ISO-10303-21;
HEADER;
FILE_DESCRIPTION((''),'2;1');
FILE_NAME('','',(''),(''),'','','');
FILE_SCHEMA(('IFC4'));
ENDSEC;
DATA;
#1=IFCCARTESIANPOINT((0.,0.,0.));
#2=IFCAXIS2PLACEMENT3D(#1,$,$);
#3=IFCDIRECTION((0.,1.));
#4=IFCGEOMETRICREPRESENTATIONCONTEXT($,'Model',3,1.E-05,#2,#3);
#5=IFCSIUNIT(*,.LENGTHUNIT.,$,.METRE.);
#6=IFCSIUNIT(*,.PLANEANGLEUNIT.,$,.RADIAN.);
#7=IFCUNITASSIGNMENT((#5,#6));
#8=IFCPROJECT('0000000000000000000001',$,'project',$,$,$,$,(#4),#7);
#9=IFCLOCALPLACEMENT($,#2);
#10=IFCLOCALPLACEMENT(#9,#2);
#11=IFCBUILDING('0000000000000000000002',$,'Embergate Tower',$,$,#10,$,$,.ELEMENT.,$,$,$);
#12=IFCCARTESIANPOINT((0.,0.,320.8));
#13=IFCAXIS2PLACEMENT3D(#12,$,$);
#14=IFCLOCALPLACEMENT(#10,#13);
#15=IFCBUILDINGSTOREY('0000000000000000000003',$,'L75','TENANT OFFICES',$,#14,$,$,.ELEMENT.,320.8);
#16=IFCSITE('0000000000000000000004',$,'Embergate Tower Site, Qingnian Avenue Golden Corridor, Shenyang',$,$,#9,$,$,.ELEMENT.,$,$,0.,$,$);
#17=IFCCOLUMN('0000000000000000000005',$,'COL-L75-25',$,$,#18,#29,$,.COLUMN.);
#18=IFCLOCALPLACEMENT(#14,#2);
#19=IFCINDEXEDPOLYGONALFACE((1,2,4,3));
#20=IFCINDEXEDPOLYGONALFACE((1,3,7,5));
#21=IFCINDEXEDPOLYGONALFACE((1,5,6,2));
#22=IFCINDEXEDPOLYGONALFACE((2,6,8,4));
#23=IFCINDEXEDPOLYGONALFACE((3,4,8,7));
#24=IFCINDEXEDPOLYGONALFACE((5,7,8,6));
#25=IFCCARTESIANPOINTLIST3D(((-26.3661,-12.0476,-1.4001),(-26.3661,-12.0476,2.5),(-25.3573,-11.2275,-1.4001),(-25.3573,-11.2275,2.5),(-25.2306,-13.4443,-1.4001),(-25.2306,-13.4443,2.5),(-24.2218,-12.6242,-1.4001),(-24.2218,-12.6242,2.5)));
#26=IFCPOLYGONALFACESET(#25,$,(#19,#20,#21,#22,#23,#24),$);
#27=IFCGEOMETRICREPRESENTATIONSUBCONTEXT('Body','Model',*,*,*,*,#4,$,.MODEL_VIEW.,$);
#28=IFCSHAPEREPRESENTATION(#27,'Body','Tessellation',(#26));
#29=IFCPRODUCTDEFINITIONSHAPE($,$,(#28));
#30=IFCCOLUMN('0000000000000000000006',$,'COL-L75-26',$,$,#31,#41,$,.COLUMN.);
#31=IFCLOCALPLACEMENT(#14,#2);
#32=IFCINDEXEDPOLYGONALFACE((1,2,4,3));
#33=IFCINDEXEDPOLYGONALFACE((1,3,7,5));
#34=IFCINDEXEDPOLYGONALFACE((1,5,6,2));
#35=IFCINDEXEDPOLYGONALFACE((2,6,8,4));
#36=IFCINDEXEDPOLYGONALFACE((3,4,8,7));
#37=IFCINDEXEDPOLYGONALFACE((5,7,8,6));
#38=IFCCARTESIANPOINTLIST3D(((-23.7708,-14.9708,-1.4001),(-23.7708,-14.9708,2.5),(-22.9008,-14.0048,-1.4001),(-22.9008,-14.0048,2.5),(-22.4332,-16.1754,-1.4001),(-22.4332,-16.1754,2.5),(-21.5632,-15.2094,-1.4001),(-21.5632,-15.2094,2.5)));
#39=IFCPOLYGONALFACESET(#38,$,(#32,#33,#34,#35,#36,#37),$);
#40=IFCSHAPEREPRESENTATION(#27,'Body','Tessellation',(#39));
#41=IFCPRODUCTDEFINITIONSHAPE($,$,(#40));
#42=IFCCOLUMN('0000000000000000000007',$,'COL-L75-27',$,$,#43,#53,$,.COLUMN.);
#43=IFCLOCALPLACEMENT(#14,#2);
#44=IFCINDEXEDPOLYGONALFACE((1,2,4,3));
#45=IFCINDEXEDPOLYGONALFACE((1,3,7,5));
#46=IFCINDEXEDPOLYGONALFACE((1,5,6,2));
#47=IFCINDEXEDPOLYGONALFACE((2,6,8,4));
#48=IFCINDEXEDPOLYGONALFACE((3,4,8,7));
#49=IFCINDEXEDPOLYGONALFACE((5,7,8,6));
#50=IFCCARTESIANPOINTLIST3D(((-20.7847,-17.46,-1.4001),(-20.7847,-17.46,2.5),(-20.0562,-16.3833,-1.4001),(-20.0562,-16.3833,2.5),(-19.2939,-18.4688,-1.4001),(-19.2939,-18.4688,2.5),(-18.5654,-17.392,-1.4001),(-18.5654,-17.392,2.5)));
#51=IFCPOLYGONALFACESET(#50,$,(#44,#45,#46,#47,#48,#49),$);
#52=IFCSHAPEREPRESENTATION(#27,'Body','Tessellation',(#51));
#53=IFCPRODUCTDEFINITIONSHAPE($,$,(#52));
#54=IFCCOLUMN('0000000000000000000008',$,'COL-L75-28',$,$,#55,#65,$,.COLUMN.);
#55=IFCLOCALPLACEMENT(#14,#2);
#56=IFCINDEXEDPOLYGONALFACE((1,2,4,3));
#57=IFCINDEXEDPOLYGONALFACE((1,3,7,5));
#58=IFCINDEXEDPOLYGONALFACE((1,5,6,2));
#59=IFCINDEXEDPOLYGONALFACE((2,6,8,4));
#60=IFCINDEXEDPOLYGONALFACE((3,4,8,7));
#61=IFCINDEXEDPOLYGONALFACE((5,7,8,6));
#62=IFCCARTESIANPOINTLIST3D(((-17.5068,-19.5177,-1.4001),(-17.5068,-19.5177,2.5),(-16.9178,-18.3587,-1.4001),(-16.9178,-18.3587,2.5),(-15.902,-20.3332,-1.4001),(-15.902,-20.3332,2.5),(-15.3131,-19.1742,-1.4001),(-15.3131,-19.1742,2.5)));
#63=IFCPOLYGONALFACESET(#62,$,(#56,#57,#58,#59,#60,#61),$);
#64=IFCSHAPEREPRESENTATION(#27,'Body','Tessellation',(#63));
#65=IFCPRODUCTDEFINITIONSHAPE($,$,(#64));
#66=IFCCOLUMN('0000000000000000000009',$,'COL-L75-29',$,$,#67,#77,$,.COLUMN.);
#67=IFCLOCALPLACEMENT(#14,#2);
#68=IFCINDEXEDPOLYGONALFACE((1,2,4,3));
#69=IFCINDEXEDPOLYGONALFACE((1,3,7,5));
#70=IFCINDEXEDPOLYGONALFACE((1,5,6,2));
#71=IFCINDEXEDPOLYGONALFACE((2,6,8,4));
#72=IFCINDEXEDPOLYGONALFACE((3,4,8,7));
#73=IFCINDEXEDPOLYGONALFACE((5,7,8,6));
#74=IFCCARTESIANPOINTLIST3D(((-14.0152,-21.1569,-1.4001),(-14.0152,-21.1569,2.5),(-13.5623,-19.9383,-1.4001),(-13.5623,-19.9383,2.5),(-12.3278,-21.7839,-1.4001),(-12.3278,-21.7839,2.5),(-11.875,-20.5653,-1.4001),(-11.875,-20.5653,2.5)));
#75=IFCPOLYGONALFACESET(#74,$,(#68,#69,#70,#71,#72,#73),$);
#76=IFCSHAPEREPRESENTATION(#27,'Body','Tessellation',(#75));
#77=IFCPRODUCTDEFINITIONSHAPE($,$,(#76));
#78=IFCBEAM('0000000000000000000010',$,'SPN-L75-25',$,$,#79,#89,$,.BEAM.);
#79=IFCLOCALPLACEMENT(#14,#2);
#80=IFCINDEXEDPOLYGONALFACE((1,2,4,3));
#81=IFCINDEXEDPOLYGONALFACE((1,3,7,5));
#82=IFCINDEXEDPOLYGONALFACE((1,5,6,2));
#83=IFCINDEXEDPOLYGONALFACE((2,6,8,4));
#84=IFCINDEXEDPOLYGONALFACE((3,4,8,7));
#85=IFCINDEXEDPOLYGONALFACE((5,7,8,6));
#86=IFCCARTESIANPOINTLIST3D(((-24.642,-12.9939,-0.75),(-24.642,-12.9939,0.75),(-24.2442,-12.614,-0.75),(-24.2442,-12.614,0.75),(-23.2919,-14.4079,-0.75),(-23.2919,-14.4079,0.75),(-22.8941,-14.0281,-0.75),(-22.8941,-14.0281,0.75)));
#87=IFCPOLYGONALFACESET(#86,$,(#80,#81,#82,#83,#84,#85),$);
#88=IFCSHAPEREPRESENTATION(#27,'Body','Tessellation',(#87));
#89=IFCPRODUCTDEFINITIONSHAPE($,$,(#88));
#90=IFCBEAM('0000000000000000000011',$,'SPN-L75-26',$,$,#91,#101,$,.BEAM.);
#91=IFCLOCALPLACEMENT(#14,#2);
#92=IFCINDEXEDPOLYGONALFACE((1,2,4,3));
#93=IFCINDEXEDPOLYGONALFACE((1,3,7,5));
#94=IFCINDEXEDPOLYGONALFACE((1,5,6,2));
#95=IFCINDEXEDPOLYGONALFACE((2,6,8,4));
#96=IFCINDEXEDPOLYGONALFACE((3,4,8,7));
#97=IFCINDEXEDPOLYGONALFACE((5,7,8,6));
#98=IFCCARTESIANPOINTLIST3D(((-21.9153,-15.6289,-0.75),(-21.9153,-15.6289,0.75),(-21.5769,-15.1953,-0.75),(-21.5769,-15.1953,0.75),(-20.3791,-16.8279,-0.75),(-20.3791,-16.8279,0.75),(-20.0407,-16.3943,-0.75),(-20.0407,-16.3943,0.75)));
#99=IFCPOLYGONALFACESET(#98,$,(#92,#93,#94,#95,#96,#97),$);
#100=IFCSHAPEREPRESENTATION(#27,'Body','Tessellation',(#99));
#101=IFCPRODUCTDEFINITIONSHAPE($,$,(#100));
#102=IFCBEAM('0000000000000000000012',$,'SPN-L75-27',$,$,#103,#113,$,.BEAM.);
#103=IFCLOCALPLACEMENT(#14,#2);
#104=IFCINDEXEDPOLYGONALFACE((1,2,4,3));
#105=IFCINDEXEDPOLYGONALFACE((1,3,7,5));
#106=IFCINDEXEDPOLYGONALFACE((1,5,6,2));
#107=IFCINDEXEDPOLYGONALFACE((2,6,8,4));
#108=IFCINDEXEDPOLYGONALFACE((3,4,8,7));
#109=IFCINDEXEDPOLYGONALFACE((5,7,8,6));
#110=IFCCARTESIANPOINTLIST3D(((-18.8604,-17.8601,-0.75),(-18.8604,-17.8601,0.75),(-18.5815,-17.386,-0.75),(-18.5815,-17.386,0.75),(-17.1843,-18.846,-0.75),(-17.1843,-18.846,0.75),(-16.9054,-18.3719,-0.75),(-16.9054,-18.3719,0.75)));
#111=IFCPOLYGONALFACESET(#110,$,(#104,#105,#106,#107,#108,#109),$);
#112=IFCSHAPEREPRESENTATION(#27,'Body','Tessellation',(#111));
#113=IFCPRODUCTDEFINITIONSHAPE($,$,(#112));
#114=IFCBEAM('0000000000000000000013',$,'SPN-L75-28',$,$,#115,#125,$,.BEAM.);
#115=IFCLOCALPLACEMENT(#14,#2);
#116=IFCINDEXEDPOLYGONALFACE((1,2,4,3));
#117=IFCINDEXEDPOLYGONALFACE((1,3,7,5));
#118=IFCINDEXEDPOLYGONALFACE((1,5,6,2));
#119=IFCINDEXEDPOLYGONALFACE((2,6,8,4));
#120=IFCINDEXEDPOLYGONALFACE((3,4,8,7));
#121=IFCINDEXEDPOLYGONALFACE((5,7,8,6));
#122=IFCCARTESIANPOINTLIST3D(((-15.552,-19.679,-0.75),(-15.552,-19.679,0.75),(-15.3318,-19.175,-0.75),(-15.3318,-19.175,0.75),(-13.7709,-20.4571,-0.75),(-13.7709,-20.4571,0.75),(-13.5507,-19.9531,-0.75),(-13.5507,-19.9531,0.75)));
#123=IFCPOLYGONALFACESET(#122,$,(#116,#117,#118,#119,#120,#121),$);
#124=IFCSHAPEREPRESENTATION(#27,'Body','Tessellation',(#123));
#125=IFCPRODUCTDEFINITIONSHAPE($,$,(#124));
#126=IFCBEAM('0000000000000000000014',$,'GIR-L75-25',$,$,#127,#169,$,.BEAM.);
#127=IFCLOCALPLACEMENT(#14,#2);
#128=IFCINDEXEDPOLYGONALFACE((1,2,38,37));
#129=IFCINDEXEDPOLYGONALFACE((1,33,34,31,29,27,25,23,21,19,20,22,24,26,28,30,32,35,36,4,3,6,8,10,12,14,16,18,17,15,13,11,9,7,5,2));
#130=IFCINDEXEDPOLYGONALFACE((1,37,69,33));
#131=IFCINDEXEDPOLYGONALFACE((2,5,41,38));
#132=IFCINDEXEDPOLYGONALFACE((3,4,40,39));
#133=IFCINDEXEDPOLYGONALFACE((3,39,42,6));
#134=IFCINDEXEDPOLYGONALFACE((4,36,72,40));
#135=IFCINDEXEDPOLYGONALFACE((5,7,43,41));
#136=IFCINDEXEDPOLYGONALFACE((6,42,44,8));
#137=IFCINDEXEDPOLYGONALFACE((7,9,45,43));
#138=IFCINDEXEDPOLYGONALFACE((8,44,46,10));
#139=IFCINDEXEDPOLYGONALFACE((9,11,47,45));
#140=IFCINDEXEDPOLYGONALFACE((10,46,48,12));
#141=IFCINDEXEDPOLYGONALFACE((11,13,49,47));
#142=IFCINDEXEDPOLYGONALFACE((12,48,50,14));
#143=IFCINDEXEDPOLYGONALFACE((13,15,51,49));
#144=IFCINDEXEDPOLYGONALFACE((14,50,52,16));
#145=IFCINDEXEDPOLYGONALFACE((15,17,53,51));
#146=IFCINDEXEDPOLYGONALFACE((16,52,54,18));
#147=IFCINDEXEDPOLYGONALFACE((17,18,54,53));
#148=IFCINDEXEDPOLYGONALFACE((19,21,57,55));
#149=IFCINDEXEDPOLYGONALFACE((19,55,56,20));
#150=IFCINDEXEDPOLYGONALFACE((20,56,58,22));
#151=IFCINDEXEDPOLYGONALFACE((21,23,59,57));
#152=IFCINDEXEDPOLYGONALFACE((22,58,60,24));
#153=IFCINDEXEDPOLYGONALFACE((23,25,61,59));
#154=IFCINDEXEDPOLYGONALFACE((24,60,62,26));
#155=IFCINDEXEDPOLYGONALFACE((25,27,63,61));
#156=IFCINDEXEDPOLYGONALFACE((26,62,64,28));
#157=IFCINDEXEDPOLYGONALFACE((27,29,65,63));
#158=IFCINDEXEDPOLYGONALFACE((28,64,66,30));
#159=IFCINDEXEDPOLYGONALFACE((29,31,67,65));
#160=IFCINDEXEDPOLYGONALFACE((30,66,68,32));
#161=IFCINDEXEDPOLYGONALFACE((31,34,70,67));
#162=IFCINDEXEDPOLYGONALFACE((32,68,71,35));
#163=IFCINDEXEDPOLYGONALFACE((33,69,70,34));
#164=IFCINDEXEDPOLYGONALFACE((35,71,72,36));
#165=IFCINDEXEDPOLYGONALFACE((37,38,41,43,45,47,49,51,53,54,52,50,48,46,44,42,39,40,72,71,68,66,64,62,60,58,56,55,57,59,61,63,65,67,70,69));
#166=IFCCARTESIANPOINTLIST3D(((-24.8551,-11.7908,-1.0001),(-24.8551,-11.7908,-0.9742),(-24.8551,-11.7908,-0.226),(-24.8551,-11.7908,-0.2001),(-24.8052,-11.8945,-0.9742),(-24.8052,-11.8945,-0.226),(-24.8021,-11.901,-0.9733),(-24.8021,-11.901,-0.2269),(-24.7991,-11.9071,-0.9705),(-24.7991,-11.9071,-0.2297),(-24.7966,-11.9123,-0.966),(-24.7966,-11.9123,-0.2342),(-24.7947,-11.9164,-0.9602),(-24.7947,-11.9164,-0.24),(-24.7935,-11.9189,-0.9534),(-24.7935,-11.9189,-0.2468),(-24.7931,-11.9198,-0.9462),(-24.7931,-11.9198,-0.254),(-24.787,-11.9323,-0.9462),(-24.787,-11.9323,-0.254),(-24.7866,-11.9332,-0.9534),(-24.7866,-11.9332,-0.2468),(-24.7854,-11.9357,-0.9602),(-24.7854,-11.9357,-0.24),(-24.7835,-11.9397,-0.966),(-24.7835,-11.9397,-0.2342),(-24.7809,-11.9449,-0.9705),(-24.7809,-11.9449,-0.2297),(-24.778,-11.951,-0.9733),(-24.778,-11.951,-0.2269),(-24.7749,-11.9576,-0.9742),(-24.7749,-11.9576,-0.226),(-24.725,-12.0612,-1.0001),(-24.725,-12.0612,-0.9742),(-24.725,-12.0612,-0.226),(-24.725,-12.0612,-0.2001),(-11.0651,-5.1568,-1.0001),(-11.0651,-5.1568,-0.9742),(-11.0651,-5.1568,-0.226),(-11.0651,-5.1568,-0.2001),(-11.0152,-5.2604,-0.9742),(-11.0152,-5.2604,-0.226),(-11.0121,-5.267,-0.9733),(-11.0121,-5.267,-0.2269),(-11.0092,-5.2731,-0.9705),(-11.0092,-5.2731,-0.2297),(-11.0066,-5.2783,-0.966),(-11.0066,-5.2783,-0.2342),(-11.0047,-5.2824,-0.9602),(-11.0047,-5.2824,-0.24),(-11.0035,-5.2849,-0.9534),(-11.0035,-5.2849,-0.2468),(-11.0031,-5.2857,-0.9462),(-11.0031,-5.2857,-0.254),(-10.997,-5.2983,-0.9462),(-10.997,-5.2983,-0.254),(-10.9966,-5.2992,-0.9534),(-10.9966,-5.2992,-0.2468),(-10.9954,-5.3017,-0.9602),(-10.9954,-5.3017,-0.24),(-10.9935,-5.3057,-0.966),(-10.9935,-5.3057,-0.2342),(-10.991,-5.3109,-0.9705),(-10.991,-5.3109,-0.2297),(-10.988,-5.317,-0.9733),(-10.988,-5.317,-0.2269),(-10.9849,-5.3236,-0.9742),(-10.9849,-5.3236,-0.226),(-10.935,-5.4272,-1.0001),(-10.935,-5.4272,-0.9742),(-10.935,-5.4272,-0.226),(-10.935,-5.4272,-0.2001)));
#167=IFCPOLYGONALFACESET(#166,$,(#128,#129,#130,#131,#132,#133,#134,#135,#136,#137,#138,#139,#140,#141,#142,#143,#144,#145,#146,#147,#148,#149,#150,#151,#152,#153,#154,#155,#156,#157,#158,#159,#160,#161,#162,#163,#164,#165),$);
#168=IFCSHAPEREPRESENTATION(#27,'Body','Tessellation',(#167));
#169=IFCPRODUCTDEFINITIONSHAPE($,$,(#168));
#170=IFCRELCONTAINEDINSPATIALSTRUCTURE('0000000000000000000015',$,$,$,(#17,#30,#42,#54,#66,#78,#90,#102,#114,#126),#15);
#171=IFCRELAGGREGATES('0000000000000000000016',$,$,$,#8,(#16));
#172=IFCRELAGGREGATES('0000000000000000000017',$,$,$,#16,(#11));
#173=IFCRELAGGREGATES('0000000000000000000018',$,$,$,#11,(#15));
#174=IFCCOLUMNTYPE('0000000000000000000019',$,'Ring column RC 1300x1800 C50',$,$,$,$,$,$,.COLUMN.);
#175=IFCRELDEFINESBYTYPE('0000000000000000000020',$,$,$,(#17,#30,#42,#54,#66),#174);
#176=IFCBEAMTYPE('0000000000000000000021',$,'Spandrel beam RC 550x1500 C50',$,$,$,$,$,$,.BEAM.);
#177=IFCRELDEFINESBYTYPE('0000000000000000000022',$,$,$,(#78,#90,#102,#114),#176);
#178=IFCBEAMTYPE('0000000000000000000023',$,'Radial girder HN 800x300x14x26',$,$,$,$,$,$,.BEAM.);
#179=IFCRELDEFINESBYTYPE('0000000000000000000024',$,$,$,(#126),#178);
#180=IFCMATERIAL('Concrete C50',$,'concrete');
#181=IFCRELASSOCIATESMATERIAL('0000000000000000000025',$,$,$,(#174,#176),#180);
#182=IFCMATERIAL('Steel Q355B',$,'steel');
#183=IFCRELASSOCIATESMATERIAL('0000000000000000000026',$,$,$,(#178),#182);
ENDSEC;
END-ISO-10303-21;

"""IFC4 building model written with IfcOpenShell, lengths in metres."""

from ifc_helpers import new_model, si_unit, direction, frame, origin, origin_2d, place, context, subcontext, project, spatial, rectangle, i_section, extrude, source, transform, mapped, material, material_profile, profile_set, type_object, element, save


model = new_model("IFC4")

# Units and contexts
model_context = context("Model", 3, precision=1e-05, world=origin(), true_north=direction((0.0, 1.0)))
body_context = subcontext(model_context, "Body", "Model", "MODEL_VIEW")
ifc_project = project(units=[si_unit("LENGTHUNIT", "METRE"), si_unit("PLANEANGLEUNIT", "RADIAN")], contexts=[model_context])

# Site, building, storey
site_placement = place(None, origin())
site = spatial("IfcSite", under=ifc_project, at=site_placement, Name="Embergate Tower Site, Qingnian Avenue Golden Corridor, Shenyang", CompositionType="ELEMENT", RefElevation=0.0)
building_placement = place(site_placement, origin())
building = spatial("IfcBuilding", under=site, at=building_placement, Name="Embergate Tower", CompositionType="ELEMENT")
storey_placement = place(building_placement, frame((0.0, 0.0, 320.8)))
storey = spatial("IfcBuildingStorey", under=building, at=storey_placement, Name="L75", Description="TENANT OFFICES", CompositionType="ELEMENT", Elevation=320.8)

# Columns
ifc_material_1 = material(Name="Concrete C50", Category="concrete")
ifc_material_profile_1 = material_profile(ifc_material_1, rectangle(XDim=1.3, YDim=1.8, at=origin_2d()), Name="RC 1300x1800")
ifc_profile_set_1 = profile_set([ifc_material_profile_1], Name="Concrete C50")
column_type = type_object("IfcColumnType", Name="Ring column RC 1300x1800 C50", PredefinedType="COLUMN", material=ifc_profile_set_1)
shared_shape_1 = source(origin(), body_context, "Body", "SweptSolid", [
    extrude(rectangle(XDim=1.3, YDim=1.8, at=origin_2d()), origin(), (0.0, 0.0, 1.0), 3.9001),
])
for number, where, z_axis, x_axis, name in (
    (1, (-25.2939, -12.3359, -1.4001), (0.0, 0.0, 1.0), (-0.775925, -0.630825, 0.0), "COL-L75-25"),
    (2, (-22.667, -15.0901, -1.4001), (0.0, 0.0, 1.0), (-0.669221, -0.743063, 0.0), "COL-L75-26"),
    (3, (-19.675, -17.426, -1.4001), (0.0, 0.0, 1.0), (-0.560393, -0.828227, 0.0), "COL-L75-27"),
    (4, (-16.4099, -19.3459, -1.4001), (0.0, 0.0, 1.0), (-0.453011, -0.891505, 0.0), "COL-L75-28"),
    (5, (-12.9451, -20.8611, -1.4001), (0.0, 0.0, 1.0), (-0.348343, -0.937367, 0.0), "COL-L75-29"),
):
    element("IfcColumn", number, at=place(storey_placement, frame(where, z_axis=z_axis, x_axis=x_axis)), inside=storey, type_object=column_type, Name=name, PredefinedType="COLUMN", context=body_context, shape_type="MappedRepresentation", body=[
        mapped(shared_shape_1, transform((0.0, 0.0, 0.0))),
    ])

# Beams
ifc_material_profile_2 = material_profile(ifc_material_1, rectangle(XDim=0.55, YDim=1.5, at=origin_2d()), Name="RC 550x1500")
ifc_profile_set_2 = profile_set([ifc_material_profile_2], Name="Concrete C50")
beam_type_1 = type_object("IfcBeamType", Name="Spandrel beam RC 550x1500 C50", PredefinedType="BEAM", material=ifc_profile_set_2)
shared_shape_2 = source(origin(), body_context, "Body", "SweptSolid", [
    extrude(rectangle(XDim=0.55, YDim=1.5, at=origin_2d()), origin(), (0.0, 0.0, 1.0), 1.9551),
])
beam_1_placement = place(storey_placement, frame((-24.4431, -12.804, 0.0), z_axis=(0.690559, -0.723276, 0.0), x_axis=(0.723276, 0.690559, 0.0)))
element("IfcBeam", 6, at=beam_1_placement, inside=storey, type_object=beam_type_1, Name="SPN-L75-25", PredefinedType="BEAM", context=body_context, shape_type="MappedRepresentation", body=[
    mapped(shared_shape_2, transform((0.0, 0.0, 0.0))),
])
shared_shape_3 = source(origin(), body_context, "Body", "SweptSolid", [
    extrude(rectangle(XDim=0.55, YDim=1.5, at=origin_2d()), origin(), (0.0, 0.0, 1.0), 1.9487),
])
beam_2_placement = place(storey_placement, frame((-21.7461, -15.4121, 0.0), z_axis=(0.788305, -0.615284, 0.0), x_axis=(0.615284, 0.788305, 0.0)))
element("IfcBeam", 7, at=beam_2_placement, inside=storey, type_object=beam_type_1, Name="SPN-L75-26", PredefinedType="BEAM", context=body_context, shape_type="MappedRepresentation", body=[
    mapped(shared_shape_3, transform((0.0, 0.0, 0.0))),
])
shared_shape_4 = source(origin(), body_context, "Body", "SweptSolid", [
    extrude(rectangle(XDim=0.55, YDim=1.5, at=origin_2d()), origin(), (0.0, 0.0, 1.0), 1.9446),
])
beam_3_placement = place(storey_placement, frame((-18.7209, -17.623, 0.0), z_axis=(0.861947, -0.506998, 0.0), x_axis=(0.506998, 0.861947, 0.0)))
element("IfcBeam", 8, at=beam_3_placement, inside=storey, type_object=beam_type_1, Name="SPN-L75-27", PredefinedType="BEAM", context=body_context, shape_type="MappedRepresentation", body=[
    mapped(shared_shape_4, transform((0.0, 0.0, 0.0))),
])
shared_shape_5 = source(origin(), body_context, "Body", "SweptSolid", [
    extrude(rectangle(XDim=0.55, YDim=1.5, at=origin_2d()), origin(), (0.0, 0.0, 1.0), 1.9436),
])
beam_4_placement = place(storey_placement, frame((-15.4419, -19.427, 0.0), z_axis=(0.916368, -0.400338, 0.0), x_axis=(0.400338, 0.916368, 0.0)))
element("IfcBeam", 9, at=beam_4_placement, inside=storey, type_object=beam_type_1, Name="SPN-L75-28", PredefinedType="BEAM", context=body_context, shape_type="MappedRepresentation", body=[
    mapped(shared_shape_5, transform((0.0, 0.0, 0.0))),
])
ifc_material_2 = material(Name="Steel Q355B", Category="steel")
ifc_material_profile_3 = material_profile(ifc_material_2, i_section(OverallWidth=0.3, OverallDepth=0.8, WebThickness=0.0139, FlangeThickness=0.0259, FilletRadius=0.0281, at=origin_2d()), Name="HN 800x300x14x26")
ifc_profile_set_3 = profile_set([ifc_material_profile_3], Name="Steel Q355 grade B")
beam_type_2 = type_object("IfcBeamType", Name="Radial girder HN 800x300x14x26", PredefinedType="BEAM", material=ifc_profile_set_3)
shared_shape_6 = source(origin(), body_context, "Body", "SweptSolid", [
    extrude(i_section(OverallWidth=0.3, OverallDepth=0.8, WebThickness=0.0139, FlangeThickness=0.0259, FilletRadius=0.0281, at=origin_2d()), origin(), (0.0, 0.0, 1.0), 15.3027),
])
beam_5_placement = place(storey_placement, frame((-24.79, -11.926, -0.6001), z_axis=(0.901145, 0.433518, 0.0), x_axis=(-0.433518, 0.901145, 0.0)))
element("IfcBeam", 10, at=beam_5_placement, inside=storey, type_object=beam_type_2, Name="GIR-L75-25", PredefinedType="BEAM", context=body_context, shape_type="MappedRepresentation", body=[
    mapped(shared_shape_6, transform((0.0, 0.0, 0.0))),
])

save(model, "model.ifc")
